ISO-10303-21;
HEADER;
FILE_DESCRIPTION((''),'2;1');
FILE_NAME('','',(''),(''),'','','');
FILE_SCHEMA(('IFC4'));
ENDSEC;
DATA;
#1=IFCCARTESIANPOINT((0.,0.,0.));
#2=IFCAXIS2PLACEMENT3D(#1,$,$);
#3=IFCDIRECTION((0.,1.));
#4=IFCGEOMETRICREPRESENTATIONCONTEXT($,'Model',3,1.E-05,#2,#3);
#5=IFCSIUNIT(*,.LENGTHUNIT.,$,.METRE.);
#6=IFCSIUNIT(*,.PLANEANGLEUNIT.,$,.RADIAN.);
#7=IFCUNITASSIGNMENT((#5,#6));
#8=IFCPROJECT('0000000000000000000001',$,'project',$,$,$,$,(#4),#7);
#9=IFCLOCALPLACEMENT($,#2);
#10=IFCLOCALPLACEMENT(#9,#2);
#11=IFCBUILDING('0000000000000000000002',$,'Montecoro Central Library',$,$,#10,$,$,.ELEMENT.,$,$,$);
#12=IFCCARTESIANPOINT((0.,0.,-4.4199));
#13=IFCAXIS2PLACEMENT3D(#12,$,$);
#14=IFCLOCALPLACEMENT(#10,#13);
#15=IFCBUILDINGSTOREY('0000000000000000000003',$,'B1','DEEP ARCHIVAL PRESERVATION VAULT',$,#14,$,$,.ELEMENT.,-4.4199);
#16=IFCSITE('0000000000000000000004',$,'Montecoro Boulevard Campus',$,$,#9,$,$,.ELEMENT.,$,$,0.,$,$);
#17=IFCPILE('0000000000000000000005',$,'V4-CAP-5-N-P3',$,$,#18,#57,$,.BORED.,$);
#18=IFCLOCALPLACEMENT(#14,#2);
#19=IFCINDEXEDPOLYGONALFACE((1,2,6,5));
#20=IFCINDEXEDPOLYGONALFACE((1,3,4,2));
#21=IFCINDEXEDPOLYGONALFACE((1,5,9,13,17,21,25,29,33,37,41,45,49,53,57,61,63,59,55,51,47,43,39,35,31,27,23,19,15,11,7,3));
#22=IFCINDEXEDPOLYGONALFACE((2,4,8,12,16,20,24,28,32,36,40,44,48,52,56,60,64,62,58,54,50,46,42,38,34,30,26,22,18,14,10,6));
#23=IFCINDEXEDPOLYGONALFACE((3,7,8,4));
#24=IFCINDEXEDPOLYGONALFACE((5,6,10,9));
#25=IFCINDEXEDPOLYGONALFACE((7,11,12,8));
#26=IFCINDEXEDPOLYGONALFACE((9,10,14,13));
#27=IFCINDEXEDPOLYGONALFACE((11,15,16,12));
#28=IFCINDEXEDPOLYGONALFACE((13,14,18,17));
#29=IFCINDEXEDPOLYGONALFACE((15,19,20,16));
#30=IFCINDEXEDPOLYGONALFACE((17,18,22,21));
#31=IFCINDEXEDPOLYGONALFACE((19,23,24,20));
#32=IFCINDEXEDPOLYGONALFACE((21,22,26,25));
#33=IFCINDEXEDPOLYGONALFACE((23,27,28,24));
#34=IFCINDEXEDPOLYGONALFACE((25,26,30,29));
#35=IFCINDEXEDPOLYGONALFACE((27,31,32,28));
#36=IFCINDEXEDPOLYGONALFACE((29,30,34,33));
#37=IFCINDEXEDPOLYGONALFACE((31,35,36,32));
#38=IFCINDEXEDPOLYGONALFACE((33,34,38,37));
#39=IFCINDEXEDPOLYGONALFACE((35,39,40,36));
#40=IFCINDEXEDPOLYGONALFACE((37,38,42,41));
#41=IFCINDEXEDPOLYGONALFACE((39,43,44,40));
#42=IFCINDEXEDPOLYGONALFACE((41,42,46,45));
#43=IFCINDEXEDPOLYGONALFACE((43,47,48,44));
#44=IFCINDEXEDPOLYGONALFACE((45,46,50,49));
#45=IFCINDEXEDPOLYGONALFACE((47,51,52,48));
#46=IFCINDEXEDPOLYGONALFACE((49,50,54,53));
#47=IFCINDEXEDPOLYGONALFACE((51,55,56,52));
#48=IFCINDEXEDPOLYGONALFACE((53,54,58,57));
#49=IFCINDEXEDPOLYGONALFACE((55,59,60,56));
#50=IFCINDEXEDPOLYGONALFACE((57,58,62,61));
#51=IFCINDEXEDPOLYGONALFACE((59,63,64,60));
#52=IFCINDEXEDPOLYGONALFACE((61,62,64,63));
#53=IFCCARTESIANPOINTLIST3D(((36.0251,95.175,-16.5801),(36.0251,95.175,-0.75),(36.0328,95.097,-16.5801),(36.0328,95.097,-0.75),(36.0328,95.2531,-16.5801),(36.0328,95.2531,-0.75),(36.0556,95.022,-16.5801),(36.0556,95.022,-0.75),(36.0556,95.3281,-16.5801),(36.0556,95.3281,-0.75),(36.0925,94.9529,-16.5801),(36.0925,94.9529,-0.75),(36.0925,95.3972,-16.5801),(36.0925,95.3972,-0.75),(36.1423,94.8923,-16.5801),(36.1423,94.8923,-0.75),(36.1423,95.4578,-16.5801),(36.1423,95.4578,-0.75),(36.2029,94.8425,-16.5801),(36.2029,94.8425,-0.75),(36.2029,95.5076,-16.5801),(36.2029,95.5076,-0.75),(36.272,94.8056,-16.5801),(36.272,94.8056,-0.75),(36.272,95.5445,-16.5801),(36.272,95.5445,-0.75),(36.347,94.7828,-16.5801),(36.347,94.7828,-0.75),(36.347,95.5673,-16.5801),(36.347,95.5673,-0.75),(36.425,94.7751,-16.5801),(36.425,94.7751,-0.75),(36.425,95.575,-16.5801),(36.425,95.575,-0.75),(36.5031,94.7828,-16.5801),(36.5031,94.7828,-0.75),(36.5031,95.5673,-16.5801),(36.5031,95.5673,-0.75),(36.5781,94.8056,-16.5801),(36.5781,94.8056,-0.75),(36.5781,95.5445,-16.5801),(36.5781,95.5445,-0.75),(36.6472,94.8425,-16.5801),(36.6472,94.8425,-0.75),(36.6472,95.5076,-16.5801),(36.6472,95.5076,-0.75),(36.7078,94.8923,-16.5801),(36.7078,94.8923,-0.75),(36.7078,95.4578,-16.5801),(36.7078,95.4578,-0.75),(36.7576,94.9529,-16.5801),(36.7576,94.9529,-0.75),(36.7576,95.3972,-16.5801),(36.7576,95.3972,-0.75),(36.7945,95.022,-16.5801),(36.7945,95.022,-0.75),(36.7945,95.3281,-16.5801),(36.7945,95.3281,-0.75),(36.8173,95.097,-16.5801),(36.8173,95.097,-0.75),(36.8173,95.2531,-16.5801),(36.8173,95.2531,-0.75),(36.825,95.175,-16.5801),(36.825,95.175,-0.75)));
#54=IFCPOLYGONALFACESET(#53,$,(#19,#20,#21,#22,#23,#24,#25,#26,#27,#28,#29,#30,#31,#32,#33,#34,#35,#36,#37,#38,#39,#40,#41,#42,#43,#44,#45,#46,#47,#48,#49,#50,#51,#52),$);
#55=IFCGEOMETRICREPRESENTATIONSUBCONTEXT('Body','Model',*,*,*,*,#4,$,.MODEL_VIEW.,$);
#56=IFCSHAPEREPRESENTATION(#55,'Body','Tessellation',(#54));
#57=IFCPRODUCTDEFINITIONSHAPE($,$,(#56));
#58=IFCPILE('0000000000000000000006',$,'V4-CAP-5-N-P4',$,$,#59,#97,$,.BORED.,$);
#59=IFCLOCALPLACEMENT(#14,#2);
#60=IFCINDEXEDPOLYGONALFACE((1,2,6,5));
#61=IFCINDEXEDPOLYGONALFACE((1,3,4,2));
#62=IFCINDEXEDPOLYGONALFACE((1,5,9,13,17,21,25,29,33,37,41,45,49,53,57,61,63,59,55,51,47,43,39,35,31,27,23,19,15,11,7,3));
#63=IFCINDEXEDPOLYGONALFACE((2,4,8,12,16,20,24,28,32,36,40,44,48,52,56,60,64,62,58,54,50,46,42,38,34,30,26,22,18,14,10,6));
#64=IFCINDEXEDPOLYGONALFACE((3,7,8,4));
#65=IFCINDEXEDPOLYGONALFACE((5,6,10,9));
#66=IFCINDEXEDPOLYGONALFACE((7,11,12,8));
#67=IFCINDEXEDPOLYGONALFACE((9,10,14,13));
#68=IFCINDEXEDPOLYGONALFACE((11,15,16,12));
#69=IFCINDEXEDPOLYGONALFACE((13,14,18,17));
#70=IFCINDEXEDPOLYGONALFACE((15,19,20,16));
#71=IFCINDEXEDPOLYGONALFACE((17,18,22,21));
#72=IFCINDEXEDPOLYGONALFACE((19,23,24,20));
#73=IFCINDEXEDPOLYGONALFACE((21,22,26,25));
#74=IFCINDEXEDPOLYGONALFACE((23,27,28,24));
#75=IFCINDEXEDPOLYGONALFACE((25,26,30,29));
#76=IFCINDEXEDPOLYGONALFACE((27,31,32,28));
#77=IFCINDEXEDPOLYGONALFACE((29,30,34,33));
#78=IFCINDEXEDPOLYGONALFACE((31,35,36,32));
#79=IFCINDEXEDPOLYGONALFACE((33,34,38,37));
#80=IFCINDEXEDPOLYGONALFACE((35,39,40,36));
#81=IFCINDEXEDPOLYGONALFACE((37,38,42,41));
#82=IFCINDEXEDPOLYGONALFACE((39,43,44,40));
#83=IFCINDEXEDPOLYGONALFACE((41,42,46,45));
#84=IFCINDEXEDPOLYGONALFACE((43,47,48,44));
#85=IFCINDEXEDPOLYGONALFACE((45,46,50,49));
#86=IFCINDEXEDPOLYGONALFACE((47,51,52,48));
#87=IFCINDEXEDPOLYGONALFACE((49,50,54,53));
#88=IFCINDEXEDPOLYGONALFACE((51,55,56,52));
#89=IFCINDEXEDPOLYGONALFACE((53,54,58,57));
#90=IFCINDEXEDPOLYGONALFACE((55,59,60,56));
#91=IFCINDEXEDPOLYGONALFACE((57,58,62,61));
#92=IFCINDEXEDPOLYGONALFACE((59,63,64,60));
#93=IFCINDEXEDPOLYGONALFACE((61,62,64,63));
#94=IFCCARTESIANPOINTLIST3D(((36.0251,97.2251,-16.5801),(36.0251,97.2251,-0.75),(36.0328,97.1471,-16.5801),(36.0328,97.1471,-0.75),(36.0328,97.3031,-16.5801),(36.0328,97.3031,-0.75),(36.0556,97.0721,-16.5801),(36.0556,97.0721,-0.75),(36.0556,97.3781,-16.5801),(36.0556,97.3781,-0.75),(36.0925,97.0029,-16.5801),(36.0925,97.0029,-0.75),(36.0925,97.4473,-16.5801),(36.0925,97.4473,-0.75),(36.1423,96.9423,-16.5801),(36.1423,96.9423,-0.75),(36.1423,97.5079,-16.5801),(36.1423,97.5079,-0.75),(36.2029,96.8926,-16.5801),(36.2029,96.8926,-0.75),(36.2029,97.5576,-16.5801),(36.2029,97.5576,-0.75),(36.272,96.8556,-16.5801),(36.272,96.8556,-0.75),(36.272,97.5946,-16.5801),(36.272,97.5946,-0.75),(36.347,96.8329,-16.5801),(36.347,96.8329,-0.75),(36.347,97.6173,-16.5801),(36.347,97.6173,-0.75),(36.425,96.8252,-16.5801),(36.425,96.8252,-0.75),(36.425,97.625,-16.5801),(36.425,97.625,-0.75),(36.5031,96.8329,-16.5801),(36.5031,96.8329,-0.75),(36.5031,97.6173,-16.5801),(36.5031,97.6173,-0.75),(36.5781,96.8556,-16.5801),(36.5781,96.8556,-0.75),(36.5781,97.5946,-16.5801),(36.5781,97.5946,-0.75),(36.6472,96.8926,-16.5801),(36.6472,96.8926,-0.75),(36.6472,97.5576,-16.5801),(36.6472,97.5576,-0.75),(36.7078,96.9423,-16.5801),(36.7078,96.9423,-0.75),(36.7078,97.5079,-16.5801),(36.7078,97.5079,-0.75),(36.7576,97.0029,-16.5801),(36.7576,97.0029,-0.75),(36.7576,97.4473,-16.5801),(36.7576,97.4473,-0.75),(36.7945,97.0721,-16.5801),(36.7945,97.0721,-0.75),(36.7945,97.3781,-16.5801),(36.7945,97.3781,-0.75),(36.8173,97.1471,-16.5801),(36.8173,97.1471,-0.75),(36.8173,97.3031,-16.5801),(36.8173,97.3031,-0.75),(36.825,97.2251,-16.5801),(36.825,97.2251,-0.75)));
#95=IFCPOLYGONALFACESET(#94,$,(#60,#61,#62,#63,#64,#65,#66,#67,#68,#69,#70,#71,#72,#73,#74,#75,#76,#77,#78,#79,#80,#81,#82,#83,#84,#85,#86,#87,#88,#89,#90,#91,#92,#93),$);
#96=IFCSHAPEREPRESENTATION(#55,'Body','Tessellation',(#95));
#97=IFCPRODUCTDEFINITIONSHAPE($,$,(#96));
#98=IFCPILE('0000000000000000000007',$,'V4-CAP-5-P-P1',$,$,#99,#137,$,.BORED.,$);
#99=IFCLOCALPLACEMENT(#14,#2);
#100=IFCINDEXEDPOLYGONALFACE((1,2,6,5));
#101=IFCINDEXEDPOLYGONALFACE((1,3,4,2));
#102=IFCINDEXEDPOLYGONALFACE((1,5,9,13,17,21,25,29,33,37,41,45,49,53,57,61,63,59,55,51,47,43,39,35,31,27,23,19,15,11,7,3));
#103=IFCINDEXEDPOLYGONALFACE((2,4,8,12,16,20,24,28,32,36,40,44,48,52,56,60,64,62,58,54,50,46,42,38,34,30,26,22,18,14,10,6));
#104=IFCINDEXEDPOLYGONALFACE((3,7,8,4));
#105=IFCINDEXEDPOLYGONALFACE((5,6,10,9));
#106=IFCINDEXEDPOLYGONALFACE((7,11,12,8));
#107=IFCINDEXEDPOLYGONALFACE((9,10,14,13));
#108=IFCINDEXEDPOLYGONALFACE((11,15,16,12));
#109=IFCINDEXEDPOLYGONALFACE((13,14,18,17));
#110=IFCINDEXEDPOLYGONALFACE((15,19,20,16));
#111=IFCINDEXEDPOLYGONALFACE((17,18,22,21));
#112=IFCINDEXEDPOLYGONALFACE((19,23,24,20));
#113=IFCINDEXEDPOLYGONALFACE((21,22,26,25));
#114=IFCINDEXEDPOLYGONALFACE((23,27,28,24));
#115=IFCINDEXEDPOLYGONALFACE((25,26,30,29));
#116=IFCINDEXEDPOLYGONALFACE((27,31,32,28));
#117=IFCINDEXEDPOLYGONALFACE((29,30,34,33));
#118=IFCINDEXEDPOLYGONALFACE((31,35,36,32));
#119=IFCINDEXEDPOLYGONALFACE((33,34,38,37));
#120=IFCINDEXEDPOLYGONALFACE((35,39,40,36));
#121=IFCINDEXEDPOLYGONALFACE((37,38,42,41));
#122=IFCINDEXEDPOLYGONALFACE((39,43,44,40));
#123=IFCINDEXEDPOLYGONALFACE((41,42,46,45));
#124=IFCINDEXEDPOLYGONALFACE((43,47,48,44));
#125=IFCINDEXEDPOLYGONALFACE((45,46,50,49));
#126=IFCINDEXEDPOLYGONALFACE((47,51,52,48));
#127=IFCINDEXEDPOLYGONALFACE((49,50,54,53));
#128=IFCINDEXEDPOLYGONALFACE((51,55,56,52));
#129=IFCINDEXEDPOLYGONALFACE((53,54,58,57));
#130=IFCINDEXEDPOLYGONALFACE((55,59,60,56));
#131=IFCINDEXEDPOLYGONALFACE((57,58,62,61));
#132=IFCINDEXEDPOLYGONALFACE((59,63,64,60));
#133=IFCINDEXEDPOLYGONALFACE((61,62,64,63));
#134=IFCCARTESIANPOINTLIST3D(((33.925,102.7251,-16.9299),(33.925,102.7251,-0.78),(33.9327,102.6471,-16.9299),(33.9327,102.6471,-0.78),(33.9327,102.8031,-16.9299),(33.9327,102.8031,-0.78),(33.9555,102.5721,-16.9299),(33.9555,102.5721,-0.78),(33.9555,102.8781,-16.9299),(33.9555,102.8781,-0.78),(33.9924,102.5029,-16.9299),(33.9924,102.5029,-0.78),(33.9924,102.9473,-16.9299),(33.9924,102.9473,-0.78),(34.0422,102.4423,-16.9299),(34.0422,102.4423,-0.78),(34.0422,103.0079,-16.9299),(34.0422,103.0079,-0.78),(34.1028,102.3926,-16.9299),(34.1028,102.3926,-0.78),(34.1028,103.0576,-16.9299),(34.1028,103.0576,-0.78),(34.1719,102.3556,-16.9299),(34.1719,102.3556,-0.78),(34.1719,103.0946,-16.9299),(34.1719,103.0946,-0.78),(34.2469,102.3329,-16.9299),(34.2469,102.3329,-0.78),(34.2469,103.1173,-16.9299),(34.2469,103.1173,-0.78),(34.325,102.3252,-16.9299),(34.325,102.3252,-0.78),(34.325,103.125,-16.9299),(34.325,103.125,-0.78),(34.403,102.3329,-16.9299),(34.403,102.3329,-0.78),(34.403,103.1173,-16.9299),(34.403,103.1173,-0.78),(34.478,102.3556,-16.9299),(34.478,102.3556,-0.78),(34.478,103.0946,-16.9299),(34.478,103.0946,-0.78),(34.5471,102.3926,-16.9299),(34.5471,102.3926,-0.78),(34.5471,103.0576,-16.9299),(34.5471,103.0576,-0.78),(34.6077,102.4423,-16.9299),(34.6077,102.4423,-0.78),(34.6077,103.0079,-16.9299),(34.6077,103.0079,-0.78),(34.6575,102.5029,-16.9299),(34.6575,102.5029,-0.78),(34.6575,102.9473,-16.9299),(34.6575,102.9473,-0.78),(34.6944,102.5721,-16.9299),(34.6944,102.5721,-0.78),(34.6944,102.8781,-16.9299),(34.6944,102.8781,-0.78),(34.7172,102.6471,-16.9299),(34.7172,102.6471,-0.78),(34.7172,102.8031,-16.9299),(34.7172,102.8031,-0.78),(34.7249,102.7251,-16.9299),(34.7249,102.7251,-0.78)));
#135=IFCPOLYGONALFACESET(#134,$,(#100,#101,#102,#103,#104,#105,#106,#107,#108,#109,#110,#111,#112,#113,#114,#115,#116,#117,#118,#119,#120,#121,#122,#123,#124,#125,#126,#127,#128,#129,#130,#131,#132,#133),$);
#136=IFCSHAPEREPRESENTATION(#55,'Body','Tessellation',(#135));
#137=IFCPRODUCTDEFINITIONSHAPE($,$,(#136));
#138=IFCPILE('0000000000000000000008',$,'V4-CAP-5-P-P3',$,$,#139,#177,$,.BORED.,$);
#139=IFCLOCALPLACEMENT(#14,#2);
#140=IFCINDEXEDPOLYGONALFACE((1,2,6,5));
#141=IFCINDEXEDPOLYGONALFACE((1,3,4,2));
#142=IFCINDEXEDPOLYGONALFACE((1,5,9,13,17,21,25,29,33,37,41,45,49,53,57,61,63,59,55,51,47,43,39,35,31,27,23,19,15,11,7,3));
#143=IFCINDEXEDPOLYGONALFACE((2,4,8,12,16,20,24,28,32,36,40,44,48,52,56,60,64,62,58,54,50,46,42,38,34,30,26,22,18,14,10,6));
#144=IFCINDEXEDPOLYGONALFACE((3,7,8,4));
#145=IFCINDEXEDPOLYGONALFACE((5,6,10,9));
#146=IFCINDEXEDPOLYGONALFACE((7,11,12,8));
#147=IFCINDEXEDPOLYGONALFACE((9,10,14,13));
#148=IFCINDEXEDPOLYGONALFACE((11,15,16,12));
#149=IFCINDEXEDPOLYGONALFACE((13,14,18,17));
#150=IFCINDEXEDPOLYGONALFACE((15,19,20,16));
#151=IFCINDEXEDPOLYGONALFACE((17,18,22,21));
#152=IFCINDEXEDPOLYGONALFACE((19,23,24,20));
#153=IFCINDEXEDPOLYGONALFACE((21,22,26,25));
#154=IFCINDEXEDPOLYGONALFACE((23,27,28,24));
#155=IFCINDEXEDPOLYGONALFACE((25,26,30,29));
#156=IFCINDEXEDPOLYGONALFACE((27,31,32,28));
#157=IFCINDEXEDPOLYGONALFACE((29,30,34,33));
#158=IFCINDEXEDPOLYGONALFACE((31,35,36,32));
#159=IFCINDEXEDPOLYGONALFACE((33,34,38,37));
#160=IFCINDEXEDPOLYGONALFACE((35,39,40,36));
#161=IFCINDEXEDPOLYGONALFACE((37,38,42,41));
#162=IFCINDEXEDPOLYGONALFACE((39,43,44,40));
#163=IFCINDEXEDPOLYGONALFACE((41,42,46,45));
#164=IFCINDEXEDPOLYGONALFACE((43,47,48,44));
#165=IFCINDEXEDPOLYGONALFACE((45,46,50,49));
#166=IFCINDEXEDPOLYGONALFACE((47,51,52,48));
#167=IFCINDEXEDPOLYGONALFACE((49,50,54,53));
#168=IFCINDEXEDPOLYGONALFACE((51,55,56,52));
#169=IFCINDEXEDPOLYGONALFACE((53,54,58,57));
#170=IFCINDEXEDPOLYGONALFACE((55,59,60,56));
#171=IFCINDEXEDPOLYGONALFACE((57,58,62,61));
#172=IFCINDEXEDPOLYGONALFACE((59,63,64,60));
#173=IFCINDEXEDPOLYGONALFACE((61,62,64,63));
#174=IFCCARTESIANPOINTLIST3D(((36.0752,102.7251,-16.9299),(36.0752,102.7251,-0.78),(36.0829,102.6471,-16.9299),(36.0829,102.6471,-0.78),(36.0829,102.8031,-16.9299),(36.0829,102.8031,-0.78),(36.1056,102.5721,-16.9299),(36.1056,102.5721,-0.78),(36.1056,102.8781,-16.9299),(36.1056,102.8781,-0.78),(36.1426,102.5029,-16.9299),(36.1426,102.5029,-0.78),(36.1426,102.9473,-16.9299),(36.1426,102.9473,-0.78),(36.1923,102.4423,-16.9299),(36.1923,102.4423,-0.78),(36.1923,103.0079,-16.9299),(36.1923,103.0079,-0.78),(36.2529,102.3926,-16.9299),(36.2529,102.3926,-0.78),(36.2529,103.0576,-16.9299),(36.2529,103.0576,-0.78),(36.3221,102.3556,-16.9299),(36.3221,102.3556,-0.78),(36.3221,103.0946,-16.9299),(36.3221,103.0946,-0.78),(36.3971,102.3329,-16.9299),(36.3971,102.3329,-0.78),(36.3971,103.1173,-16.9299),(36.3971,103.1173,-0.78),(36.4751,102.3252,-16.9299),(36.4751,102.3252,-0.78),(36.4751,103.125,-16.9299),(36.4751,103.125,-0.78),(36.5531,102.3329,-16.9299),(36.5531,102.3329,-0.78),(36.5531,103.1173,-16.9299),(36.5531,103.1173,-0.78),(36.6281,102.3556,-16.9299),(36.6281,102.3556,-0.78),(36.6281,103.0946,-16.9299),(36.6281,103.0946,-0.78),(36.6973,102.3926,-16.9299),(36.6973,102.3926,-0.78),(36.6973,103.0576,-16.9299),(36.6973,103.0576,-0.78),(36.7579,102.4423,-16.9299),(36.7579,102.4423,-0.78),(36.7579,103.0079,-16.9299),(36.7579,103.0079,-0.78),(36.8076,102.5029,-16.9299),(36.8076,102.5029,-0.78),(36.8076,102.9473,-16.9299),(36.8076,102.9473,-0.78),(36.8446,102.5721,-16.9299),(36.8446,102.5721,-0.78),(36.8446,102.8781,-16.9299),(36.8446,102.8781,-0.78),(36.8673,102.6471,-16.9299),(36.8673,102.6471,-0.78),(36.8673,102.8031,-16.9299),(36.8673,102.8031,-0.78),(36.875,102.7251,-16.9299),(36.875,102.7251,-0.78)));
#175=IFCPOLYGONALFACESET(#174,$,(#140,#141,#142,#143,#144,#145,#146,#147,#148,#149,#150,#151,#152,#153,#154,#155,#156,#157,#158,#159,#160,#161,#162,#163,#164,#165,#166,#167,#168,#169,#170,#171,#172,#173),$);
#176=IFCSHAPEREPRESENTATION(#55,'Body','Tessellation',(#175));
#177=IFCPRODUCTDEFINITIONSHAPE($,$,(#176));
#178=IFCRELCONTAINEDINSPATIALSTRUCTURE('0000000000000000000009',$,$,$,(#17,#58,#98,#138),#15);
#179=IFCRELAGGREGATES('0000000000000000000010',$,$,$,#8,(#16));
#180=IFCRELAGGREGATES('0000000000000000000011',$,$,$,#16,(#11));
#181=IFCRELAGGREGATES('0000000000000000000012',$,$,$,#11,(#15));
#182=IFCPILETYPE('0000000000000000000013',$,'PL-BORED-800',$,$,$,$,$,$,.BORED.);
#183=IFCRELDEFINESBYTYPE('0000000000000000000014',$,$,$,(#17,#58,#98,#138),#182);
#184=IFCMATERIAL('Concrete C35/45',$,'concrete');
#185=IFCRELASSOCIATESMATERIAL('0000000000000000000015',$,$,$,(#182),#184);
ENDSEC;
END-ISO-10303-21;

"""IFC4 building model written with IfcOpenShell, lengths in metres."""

from ifc_helpers import new_model, si_unit, direction, frame, origin, origin_2d, place, context, subcontext, project, spatial, circle, extrude, material, material_profile, profile_set, type_object, element, save


model = new_model("IFC4")

# Units and contexts
model_context = context("Model", 3, precision=1e-05, world=origin(), true_north=direction((0.0, 1.0)))
body_context = subcontext(model_context, "Body", "Model", "MODEL_VIEW")
ifc_project = project(units=[si_unit("LENGTHUNIT", "METRE"), si_unit("PLANEANGLEUNIT", "RADIAN")], contexts=[model_context])

# Site, building, storey
site_placement = place(None, origin())
site = spatial("IfcSite", under=ifc_project, at=site_placement, Name="Montecoro Boulevard Campus", CompositionType="ELEMENT", RefElevation=0.0)
building_placement = place(site_placement, origin())
building = spatial("IfcBuilding", under=site, at=building_placement, Name="Montecoro Central Library", CompositionType="ELEMENT")
storey_placement = place(building_placement, frame((0.0, 0.0, -4.4199)))
storey = spatial("IfcBuildingStorey", under=building, at=storey_placement, Name="B1", Description="DEEP ARCHIVAL PRESERVATION VAULT", CompositionType="ELEMENT", Elevation=-4.4199)

# Shared definitions
ifc_material_1 = material(Name="Concrete C35/45", Category="concrete")

# Piles
ifc_material_profile_1 = material_profile(ifc_material_1, circle(Radius=0.3999, at=origin_2d()), Name="PILE D800")
ifc_profile_set_1 = profile_set([ifc_material_profile_1], Name="Concrete C35/45")
pile_type_1 = type_object("IfcPileType", Name="PL-BORED-800", PredefinedType="BORED", material=ifc_profile_set_1)
for number, where, z_axis, x_axis, name in (
    (1, (36.425, 95.175, -0.75), (0.0, 0.0, -1.0), (1.0, 0.0, 0.0), "V4-CAP-5-N-P3"),
    (2, (36.425, 97.2251, -0.75), (0.0, 0.0, -1.0), (1.0, 0.0, 0.0), "V4-CAP-5-N-P4"),
):
    element("IfcPile", number, at=place(storey_placement, frame(where, z_axis=z_axis, x_axis=x_axis)), inside=storey, type_object=pile_type_1, Name=name, PredefinedType="BORED", context=body_context, shape_type="SweptSolid", body=[
        extrude(circle(Radius=0.3999, at=origin_2d()), origin(), (0.0, 0.0, 1.0), 15.8301),
    ])
for number, where, z_axis, x_axis, name in (
    (3, (34.325, 102.7251, -0.78), (0.0, 0.0, -1.0), (1.0, 0.0, 0.0), "V4-CAP-5-P-P1"),
    (4, (36.4751, 102.7251, -0.78), (0.0, 0.0, -1.0), (1.0, 0.0, 0.0), "V4-CAP-5-P-P3"),
):
    element("IfcPile", number, at=place(storey_placement, frame(where, z_axis=z_axis, x_axis=x_axis)), inside=storey, type_object=pile_type_1, Name=name, PredefinedType="BORED", context=body_context, shape_type="SweptSolid", body=[
        extrude(circle(Radius=0.3999, at=origin_2d()), origin(), (0.0, 0.0, 1.0), 16.1499),
    ])

save(model, "model.ifc")
